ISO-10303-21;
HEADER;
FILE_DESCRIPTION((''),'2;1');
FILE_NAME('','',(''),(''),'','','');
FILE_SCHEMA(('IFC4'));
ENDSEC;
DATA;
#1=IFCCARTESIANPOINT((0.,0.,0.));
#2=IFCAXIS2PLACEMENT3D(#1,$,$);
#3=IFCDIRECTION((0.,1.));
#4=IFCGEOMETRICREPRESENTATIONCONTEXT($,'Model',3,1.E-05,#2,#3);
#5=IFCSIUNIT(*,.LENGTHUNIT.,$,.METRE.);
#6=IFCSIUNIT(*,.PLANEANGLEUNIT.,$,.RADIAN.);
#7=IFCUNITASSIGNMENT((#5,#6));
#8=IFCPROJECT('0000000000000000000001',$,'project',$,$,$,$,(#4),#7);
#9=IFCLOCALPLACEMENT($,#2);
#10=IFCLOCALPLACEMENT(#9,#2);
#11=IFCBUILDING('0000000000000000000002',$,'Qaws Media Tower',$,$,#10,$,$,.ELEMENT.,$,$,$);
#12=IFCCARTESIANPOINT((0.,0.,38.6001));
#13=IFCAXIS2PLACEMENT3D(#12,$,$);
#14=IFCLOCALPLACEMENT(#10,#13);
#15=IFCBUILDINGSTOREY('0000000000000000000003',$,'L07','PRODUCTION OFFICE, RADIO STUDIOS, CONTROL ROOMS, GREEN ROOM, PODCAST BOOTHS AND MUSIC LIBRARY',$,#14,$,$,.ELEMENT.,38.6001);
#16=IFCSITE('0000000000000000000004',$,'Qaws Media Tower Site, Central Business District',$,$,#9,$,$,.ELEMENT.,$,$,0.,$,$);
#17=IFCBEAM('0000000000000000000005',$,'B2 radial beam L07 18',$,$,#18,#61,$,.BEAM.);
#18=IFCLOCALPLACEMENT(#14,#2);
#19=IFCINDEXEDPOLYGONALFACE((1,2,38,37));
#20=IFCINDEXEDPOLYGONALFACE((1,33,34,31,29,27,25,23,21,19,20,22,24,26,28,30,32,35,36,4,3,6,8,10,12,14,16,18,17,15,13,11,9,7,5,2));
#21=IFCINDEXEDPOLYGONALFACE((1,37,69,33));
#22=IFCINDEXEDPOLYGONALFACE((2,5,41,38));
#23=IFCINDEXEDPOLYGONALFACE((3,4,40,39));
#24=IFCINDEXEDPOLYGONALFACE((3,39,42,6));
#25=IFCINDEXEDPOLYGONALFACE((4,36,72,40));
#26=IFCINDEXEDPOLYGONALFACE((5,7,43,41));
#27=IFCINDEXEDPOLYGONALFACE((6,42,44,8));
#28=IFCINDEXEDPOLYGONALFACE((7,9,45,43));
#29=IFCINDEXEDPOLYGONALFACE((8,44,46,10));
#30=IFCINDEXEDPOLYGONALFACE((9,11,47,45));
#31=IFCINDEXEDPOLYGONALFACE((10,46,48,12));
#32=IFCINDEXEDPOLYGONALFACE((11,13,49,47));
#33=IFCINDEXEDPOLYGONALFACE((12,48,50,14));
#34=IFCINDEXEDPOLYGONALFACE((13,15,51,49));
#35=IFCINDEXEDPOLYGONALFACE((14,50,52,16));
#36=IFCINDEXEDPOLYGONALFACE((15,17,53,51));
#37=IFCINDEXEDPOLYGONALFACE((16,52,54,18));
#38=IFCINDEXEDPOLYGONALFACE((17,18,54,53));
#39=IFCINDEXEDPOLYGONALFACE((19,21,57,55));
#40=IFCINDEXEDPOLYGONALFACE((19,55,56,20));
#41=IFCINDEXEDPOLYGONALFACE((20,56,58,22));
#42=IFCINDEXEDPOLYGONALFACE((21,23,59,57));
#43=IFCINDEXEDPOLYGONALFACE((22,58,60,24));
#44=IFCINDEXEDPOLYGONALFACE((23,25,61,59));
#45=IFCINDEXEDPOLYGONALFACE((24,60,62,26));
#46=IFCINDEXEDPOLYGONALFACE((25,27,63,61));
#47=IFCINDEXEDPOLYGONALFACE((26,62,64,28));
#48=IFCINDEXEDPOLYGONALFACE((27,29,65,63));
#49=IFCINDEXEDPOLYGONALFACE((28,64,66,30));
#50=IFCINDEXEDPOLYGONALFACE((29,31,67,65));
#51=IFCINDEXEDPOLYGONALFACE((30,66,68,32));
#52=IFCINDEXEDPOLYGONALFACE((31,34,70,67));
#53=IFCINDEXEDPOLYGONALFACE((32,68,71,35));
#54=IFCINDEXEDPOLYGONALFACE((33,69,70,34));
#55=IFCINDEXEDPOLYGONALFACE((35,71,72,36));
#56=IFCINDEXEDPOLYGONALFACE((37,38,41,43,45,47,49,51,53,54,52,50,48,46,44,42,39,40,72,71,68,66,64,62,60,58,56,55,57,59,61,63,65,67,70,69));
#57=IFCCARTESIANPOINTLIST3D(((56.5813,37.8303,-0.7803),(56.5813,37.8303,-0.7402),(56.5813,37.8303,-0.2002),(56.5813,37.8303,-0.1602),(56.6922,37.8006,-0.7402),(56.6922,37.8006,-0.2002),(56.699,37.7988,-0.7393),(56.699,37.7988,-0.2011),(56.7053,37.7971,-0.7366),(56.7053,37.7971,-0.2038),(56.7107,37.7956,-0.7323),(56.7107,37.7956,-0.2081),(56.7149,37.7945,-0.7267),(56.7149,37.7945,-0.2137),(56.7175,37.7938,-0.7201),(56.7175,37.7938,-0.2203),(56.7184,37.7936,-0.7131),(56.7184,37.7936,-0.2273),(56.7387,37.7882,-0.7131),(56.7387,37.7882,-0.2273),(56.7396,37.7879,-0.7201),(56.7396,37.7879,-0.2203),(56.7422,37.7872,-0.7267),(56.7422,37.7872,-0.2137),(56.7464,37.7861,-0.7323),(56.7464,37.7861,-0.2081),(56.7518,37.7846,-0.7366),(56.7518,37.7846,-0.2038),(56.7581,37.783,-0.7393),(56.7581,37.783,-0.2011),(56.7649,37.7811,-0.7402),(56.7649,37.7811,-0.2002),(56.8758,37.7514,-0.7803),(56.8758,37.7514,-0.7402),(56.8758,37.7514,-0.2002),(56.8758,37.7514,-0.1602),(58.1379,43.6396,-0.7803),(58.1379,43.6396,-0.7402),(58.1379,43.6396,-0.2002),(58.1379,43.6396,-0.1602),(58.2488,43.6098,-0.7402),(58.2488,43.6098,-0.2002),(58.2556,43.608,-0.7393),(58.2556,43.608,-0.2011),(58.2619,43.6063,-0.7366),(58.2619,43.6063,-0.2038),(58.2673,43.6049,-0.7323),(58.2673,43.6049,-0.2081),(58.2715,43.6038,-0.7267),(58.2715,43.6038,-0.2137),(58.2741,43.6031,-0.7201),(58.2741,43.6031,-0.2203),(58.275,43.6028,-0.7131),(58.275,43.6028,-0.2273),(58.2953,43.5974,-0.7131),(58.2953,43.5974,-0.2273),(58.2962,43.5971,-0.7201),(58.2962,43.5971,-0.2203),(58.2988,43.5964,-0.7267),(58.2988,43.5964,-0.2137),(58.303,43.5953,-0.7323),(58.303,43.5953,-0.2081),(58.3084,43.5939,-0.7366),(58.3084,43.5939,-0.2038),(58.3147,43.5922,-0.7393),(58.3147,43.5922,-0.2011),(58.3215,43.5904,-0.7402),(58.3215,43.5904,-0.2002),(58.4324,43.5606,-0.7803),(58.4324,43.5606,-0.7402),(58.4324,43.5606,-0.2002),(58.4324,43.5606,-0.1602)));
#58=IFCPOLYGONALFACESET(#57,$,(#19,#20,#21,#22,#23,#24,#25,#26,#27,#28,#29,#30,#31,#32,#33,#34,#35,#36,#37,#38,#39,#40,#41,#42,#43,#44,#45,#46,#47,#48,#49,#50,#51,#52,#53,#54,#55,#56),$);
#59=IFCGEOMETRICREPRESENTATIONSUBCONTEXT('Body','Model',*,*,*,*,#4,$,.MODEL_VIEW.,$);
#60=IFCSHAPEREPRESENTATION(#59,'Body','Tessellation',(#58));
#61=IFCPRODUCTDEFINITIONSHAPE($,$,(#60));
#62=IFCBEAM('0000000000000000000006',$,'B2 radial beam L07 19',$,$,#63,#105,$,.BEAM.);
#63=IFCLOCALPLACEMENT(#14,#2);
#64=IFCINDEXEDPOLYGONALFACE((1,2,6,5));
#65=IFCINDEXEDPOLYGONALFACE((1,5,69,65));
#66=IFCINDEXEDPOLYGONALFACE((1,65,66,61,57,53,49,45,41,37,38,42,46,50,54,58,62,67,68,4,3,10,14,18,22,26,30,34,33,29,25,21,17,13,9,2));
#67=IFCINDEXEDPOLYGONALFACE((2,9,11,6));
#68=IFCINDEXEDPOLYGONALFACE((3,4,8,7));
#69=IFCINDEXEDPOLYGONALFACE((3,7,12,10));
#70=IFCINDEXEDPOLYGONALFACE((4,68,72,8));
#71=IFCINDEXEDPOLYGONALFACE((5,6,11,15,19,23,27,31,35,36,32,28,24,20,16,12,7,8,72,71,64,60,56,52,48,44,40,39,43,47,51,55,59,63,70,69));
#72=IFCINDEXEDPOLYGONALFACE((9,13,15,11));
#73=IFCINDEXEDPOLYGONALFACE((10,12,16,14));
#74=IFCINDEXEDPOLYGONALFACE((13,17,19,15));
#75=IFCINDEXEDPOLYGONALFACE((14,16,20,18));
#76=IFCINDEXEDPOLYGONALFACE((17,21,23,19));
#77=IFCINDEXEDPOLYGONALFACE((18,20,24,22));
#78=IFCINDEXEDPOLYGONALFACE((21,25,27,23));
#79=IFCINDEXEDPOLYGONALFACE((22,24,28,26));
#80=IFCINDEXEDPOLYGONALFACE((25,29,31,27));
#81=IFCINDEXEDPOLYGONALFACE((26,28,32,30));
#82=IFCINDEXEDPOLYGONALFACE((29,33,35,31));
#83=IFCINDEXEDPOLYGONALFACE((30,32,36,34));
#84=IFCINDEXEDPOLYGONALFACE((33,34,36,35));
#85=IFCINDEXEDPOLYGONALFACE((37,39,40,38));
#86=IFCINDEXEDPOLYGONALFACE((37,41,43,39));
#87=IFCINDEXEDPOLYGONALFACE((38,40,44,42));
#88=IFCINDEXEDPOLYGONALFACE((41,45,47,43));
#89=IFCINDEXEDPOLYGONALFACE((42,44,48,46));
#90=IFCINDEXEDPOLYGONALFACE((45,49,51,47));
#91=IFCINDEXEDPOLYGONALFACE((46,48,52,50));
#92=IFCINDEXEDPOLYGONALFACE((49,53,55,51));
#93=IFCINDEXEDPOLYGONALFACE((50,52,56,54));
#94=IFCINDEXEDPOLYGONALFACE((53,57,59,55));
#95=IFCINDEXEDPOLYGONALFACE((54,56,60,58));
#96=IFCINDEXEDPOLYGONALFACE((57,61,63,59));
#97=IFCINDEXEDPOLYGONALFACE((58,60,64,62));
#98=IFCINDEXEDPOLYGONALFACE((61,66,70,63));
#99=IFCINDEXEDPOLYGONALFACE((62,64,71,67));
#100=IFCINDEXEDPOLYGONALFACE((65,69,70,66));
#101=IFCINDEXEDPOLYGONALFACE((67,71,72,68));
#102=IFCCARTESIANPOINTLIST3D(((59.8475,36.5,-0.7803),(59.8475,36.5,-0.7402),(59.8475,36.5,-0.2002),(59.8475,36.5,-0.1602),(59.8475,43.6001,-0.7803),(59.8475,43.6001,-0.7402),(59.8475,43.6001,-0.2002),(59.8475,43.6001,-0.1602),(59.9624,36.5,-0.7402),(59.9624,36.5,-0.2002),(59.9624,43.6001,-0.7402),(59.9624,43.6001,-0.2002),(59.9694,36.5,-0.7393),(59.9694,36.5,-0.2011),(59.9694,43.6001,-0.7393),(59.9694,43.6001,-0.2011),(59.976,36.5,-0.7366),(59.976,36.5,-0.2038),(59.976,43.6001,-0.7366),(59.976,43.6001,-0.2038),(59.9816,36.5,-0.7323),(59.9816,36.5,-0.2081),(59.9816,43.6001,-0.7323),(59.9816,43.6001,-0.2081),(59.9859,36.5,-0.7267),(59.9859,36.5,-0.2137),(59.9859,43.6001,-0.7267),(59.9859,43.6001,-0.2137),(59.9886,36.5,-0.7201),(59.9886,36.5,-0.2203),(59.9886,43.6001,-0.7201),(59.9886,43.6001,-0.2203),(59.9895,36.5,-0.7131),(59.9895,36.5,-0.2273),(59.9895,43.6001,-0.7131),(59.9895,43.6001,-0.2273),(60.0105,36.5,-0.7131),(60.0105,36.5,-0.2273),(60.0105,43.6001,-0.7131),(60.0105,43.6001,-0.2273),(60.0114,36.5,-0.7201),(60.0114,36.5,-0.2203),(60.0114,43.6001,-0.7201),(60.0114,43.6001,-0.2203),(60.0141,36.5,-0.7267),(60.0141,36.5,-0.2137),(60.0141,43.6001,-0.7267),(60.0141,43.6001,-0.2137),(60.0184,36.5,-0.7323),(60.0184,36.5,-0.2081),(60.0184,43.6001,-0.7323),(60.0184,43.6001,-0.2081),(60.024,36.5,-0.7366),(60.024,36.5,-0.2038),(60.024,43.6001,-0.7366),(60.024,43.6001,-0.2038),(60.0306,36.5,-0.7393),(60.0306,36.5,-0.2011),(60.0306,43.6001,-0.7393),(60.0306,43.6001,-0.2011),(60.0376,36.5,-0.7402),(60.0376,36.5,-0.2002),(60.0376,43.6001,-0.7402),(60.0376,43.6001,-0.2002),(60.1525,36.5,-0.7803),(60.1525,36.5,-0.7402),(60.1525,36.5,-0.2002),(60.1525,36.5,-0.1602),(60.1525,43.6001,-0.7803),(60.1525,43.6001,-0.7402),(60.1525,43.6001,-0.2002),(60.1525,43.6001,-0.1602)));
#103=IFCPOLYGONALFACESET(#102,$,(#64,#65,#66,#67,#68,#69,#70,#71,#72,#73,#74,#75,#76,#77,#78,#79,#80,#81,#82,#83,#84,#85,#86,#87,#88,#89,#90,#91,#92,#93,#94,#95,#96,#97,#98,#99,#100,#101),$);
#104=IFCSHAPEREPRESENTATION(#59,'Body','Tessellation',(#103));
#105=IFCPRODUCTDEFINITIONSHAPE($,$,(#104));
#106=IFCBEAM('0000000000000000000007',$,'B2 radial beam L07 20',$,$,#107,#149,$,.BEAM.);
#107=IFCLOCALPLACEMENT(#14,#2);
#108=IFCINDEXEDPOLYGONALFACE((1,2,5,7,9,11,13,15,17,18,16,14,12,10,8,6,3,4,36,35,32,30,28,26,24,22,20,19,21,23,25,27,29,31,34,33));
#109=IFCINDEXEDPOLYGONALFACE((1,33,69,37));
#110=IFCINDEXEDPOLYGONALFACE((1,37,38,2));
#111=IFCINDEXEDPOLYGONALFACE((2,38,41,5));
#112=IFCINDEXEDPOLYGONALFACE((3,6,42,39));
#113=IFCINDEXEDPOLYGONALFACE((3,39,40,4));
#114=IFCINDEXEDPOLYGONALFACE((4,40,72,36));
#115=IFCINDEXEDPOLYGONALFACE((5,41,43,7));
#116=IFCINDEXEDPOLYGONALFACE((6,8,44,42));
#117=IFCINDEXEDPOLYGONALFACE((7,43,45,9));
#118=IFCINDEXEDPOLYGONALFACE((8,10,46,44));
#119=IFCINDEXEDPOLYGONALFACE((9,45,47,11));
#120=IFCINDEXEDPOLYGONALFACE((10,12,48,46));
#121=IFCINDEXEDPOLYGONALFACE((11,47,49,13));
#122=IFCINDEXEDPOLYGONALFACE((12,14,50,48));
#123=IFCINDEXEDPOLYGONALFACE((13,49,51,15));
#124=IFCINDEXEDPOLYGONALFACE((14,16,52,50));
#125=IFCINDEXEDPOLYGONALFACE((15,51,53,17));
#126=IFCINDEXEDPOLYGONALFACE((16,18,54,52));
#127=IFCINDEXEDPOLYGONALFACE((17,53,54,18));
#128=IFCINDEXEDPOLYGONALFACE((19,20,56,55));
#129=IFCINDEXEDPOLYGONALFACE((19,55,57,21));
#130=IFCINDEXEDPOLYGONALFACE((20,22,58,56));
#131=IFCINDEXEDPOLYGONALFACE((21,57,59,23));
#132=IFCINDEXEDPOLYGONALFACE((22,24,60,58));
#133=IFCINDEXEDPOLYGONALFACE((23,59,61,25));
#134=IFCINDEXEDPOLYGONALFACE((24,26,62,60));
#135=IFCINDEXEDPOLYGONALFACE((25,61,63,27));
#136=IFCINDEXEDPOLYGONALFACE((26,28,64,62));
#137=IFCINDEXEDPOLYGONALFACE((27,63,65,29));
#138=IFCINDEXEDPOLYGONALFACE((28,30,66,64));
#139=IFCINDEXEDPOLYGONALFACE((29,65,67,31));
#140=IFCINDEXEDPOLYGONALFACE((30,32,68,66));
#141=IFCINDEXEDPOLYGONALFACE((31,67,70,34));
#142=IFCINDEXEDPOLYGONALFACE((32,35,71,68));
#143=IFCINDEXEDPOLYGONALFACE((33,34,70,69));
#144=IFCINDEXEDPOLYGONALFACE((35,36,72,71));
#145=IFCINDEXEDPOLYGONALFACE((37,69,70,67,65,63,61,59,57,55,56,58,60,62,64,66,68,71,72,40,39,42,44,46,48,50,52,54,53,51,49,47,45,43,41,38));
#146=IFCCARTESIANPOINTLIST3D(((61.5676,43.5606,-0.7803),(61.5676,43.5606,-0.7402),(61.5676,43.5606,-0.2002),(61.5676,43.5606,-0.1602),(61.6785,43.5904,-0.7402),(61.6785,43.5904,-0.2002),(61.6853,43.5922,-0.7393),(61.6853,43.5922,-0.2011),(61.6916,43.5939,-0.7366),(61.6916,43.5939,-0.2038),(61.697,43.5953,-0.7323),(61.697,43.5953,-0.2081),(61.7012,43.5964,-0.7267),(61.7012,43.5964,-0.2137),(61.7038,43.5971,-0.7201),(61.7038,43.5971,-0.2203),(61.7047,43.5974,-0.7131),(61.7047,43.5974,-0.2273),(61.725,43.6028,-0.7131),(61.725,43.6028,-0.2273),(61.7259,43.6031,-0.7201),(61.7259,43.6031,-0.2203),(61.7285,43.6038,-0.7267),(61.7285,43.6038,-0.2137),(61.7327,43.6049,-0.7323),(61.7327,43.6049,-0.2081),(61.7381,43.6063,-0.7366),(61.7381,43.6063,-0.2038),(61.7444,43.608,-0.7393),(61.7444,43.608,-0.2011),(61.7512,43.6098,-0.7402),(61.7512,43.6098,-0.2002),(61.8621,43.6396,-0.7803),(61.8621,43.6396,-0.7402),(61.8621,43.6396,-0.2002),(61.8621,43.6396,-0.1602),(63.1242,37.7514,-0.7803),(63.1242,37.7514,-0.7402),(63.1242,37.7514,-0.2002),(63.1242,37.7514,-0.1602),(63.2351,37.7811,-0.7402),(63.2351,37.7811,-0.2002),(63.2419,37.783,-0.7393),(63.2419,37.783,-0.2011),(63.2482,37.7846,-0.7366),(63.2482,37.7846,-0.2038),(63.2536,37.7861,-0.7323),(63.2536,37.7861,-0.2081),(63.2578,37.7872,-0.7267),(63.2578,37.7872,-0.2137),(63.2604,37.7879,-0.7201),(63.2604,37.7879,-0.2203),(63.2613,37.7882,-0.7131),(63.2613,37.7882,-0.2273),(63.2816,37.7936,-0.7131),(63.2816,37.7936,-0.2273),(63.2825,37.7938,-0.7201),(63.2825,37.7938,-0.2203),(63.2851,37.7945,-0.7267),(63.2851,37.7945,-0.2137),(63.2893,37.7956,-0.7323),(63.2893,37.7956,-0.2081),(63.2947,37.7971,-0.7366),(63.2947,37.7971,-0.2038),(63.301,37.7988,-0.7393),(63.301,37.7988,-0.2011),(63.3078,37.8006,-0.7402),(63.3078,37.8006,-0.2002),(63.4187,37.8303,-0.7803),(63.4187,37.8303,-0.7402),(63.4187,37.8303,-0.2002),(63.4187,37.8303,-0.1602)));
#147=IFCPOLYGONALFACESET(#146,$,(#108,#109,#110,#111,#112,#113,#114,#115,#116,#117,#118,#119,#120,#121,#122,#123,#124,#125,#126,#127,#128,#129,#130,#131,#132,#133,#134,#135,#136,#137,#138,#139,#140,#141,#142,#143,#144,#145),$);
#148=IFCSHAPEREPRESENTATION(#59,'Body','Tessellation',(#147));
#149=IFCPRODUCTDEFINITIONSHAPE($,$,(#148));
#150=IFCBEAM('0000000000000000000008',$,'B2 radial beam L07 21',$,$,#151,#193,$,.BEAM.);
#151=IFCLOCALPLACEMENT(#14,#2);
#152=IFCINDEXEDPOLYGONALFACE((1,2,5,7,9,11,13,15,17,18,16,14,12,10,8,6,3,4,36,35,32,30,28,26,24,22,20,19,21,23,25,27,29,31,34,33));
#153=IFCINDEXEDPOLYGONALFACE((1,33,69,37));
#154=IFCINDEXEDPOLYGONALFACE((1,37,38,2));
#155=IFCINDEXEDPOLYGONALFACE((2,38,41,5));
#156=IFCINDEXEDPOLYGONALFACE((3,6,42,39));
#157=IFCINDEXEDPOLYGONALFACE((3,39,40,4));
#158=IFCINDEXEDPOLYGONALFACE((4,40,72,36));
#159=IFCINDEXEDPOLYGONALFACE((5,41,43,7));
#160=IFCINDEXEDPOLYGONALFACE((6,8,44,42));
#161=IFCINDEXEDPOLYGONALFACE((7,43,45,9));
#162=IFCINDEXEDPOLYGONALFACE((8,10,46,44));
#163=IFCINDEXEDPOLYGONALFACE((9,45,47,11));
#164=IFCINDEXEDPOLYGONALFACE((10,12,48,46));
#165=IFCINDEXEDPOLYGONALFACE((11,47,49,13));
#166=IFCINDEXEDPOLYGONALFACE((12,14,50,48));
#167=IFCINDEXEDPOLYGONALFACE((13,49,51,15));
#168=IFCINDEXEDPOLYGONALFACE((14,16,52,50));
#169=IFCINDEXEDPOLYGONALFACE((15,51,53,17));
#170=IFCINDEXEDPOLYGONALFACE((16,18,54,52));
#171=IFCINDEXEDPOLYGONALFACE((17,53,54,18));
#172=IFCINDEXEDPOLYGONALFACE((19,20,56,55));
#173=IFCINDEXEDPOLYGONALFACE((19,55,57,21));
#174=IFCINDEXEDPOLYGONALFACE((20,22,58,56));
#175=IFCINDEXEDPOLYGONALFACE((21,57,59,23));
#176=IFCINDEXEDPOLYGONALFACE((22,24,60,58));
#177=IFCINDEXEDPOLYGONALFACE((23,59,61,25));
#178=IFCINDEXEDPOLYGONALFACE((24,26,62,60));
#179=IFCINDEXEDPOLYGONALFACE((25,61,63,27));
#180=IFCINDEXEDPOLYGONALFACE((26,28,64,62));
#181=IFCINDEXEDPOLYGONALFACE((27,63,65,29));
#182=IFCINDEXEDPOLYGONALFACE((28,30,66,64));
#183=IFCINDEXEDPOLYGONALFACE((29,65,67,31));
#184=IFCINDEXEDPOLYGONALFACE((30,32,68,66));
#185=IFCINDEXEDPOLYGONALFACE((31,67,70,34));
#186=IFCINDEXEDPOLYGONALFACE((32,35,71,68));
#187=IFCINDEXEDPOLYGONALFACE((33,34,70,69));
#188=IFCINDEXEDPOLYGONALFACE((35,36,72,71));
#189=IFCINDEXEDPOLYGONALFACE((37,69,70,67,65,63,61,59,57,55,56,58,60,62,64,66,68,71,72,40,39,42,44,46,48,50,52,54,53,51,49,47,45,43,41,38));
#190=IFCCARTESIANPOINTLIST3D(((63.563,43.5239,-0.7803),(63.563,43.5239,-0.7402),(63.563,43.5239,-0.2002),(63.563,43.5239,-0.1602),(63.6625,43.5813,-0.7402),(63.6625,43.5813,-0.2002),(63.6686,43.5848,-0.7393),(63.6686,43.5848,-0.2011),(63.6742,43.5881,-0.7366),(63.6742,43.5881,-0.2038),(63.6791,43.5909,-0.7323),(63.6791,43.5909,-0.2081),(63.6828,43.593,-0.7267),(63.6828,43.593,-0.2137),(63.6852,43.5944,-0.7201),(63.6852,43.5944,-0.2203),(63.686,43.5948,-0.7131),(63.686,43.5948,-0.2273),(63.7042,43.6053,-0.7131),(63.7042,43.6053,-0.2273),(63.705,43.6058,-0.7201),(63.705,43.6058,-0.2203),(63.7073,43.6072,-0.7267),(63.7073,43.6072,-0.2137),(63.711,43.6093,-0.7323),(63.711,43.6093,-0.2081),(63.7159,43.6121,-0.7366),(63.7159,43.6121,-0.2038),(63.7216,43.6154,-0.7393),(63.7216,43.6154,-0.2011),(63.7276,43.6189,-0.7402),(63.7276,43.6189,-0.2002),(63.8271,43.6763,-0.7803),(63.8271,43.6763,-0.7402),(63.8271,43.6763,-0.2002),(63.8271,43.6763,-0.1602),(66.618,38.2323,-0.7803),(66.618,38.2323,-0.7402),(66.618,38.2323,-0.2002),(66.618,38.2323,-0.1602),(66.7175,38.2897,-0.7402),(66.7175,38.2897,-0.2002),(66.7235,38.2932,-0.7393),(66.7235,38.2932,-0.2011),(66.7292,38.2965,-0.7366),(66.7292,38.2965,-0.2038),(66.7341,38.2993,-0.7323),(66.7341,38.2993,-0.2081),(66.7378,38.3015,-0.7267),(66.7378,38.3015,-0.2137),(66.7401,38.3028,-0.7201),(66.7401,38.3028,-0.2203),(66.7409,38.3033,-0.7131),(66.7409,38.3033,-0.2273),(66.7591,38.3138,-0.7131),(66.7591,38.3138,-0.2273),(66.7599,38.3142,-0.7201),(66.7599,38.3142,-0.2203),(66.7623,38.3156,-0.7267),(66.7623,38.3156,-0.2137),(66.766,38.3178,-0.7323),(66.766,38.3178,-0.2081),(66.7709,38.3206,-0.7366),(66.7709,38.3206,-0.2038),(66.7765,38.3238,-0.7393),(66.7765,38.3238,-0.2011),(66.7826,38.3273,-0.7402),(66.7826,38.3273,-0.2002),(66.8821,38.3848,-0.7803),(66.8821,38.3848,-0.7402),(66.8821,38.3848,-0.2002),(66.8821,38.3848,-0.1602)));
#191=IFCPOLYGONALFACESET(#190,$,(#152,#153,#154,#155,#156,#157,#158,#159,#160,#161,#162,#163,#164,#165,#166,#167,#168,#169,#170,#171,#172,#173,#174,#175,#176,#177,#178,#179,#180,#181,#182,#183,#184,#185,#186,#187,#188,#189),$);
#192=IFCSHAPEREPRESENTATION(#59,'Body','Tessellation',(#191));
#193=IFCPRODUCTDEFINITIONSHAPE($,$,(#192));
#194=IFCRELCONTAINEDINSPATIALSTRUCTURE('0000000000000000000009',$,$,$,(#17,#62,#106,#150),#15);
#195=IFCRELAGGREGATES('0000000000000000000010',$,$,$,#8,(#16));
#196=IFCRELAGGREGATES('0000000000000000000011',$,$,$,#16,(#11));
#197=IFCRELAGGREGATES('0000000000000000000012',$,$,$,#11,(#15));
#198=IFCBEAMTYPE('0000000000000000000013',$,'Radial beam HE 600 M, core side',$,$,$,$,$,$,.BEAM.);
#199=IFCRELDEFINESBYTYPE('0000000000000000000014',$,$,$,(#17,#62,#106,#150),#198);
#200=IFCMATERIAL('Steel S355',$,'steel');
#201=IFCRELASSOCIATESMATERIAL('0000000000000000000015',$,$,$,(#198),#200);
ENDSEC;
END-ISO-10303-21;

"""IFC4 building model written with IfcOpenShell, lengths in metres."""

from ifc_helpers import new_model, si_unit, direction, frame, origin, origin_2d, place, context, subcontext, project, spatial, i_section, extrude, material, material_profile, profile_set, type_object, element, save


model = new_model("IFC4")

# Units and contexts
model_context = context("Model", 3, precision=1e-05, world=origin(), true_north=direction((0.0, 1.0)))
body_context = subcontext(model_context, "Body", "Model", "MODEL_VIEW")
ifc_project = project(units=[si_unit("LENGTHUNIT", "METRE"), si_unit("PLANEANGLEUNIT", "RADIAN")], contexts=[model_context])

# Site, building, storey
site_placement = place(None, origin())
site = spatial("IfcSite", under=ifc_project, at=site_placement, Name="Qaws Media Tower Site, Central Business District", CompositionType="ELEMENT", RefElevation=0.0)
building_placement = place(site_placement, origin())
building = spatial("IfcBuilding", under=site, at=building_placement, Name="Qaws Media Tower", CompositionType="ELEMENT")
storey_placement = place(building_placement, frame((0.0, 0.0, 38.6001)))
storey = spatial("IfcBuildingStorey", under=building, at=storey_placement, Name="L07", Description="PRODUCTION OFFICE, RADIO STUDIOS, CONTROL ROOMS, GREEN ROOM, PODCAST BOOTHS AND MUSIC LIBRARY", CompositionType="ELEMENT", Elevation=38.6001)

# Beams
ifc_material_1 = material(Name="Steel S355", Category="steel")
ifc_material_profile_1 = material_profile(ifc_material_1, i_section(OverallWidth=0.3049, OverallDepth=0.6201, WebThickness=0.021, FlangeThickness=0.04, FilletRadius=0.0271, at=origin_2d()), Name="HE 600 M")
ifc_profile_set_1 = profile_set([ifc_material_profile_1], Name="Steel S355")
beam_type_1 = type_object("IfcBeamType", Name="Radial beam HE 600 M, core side", PredefinedType="BEAM", material=ifc_profile_set_1)
beam_1_placement = place(storey_placement, frame((58.2852, 43.6001, -0.4702), z_axis=(-0.258825, -0.965924, 0.0), x_axis=(0.965924, -0.258825, 0.0)))
element("IfcBeam", 1, at=beam_1_placement, inside=storey, type_object=beam_type_1, Name="B2 radial beam L07 18", PredefinedType="BEAM", context=body_context, shape_type="SweptSolid", body=[
    extrude(i_section(OverallWidth=0.3049, OverallDepth=0.6201, WebThickness=0.021, FlangeThickness=0.04, FilletRadius=0.0271, at=origin_2d()), origin(), (0.0, 0.0, 1.0), 6.0142),
])
beam_2_placement = place(storey_placement, frame((60.0, 43.6001, -0.4702), z_axis=(0.0, -1.0, 0.0), x_axis=(1.0, 0.0, 0.0)))
element("IfcBeam", 2, at=beam_2_placement, inside=storey, type_object=beam_type_1, Name="B2 radial beam L07 19", PredefinedType="BEAM", context=body_context, shape_type="SweptSolid", body=[
    extrude(i_section(OverallWidth=0.3049, OverallDepth=0.6201, WebThickness=0.021, FlangeThickness=0.04, FilletRadius=0.0271, at=origin_2d()), origin(), (0.0, 0.0, 1.0), 7.1001),
])
beam_3_placement = place(storey_placement, frame((61.7148, 43.6001, -0.4702), z_axis=(0.258825, -0.965924, 0.0), x_axis=(0.965924, 0.258825, 0.0)))
element("IfcBeam", 3, at=beam_3_placement, inside=storey, type_object=beam_type_1, Name="B2 radial beam L07 20", PredefinedType="BEAM", context=body_context, shape_type="SweptSolid", body=[
    extrude(i_section(OverallWidth=0.3049, OverallDepth=0.6201, WebThickness=0.021, FlangeThickness=0.04, FilletRadius=0.0271, at=origin_2d()), origin(), (0.0, 0.0, 1.0), 6.0142),
])
beam_4_placement = place(storey_placement, frame((63.6951, 43.6001, -0.4702), z_axis=(0.499985, -0.866034, 0.0), x_axis=(0.866034, 0.499985, 0.0)))
element("IfcBeam", 4, at=beam_4_placement, inside=storey, type_object=beam_type_1, Name="B2 radial beam L07 21", PredefinedType="BEAM", context=body_context, shape_type="SweptSolid", body=[
    extrude(i_section(OverallWidth=0.3049, OverallDepth=0.6201, WebThickness=0.021, FlangeThickness=0.04, FilletRadius=0.0271, at=origin_2d()), origin(), (0.0, 0.0, 1.0), 6.1101),
])

save(model, "model.ifc")
